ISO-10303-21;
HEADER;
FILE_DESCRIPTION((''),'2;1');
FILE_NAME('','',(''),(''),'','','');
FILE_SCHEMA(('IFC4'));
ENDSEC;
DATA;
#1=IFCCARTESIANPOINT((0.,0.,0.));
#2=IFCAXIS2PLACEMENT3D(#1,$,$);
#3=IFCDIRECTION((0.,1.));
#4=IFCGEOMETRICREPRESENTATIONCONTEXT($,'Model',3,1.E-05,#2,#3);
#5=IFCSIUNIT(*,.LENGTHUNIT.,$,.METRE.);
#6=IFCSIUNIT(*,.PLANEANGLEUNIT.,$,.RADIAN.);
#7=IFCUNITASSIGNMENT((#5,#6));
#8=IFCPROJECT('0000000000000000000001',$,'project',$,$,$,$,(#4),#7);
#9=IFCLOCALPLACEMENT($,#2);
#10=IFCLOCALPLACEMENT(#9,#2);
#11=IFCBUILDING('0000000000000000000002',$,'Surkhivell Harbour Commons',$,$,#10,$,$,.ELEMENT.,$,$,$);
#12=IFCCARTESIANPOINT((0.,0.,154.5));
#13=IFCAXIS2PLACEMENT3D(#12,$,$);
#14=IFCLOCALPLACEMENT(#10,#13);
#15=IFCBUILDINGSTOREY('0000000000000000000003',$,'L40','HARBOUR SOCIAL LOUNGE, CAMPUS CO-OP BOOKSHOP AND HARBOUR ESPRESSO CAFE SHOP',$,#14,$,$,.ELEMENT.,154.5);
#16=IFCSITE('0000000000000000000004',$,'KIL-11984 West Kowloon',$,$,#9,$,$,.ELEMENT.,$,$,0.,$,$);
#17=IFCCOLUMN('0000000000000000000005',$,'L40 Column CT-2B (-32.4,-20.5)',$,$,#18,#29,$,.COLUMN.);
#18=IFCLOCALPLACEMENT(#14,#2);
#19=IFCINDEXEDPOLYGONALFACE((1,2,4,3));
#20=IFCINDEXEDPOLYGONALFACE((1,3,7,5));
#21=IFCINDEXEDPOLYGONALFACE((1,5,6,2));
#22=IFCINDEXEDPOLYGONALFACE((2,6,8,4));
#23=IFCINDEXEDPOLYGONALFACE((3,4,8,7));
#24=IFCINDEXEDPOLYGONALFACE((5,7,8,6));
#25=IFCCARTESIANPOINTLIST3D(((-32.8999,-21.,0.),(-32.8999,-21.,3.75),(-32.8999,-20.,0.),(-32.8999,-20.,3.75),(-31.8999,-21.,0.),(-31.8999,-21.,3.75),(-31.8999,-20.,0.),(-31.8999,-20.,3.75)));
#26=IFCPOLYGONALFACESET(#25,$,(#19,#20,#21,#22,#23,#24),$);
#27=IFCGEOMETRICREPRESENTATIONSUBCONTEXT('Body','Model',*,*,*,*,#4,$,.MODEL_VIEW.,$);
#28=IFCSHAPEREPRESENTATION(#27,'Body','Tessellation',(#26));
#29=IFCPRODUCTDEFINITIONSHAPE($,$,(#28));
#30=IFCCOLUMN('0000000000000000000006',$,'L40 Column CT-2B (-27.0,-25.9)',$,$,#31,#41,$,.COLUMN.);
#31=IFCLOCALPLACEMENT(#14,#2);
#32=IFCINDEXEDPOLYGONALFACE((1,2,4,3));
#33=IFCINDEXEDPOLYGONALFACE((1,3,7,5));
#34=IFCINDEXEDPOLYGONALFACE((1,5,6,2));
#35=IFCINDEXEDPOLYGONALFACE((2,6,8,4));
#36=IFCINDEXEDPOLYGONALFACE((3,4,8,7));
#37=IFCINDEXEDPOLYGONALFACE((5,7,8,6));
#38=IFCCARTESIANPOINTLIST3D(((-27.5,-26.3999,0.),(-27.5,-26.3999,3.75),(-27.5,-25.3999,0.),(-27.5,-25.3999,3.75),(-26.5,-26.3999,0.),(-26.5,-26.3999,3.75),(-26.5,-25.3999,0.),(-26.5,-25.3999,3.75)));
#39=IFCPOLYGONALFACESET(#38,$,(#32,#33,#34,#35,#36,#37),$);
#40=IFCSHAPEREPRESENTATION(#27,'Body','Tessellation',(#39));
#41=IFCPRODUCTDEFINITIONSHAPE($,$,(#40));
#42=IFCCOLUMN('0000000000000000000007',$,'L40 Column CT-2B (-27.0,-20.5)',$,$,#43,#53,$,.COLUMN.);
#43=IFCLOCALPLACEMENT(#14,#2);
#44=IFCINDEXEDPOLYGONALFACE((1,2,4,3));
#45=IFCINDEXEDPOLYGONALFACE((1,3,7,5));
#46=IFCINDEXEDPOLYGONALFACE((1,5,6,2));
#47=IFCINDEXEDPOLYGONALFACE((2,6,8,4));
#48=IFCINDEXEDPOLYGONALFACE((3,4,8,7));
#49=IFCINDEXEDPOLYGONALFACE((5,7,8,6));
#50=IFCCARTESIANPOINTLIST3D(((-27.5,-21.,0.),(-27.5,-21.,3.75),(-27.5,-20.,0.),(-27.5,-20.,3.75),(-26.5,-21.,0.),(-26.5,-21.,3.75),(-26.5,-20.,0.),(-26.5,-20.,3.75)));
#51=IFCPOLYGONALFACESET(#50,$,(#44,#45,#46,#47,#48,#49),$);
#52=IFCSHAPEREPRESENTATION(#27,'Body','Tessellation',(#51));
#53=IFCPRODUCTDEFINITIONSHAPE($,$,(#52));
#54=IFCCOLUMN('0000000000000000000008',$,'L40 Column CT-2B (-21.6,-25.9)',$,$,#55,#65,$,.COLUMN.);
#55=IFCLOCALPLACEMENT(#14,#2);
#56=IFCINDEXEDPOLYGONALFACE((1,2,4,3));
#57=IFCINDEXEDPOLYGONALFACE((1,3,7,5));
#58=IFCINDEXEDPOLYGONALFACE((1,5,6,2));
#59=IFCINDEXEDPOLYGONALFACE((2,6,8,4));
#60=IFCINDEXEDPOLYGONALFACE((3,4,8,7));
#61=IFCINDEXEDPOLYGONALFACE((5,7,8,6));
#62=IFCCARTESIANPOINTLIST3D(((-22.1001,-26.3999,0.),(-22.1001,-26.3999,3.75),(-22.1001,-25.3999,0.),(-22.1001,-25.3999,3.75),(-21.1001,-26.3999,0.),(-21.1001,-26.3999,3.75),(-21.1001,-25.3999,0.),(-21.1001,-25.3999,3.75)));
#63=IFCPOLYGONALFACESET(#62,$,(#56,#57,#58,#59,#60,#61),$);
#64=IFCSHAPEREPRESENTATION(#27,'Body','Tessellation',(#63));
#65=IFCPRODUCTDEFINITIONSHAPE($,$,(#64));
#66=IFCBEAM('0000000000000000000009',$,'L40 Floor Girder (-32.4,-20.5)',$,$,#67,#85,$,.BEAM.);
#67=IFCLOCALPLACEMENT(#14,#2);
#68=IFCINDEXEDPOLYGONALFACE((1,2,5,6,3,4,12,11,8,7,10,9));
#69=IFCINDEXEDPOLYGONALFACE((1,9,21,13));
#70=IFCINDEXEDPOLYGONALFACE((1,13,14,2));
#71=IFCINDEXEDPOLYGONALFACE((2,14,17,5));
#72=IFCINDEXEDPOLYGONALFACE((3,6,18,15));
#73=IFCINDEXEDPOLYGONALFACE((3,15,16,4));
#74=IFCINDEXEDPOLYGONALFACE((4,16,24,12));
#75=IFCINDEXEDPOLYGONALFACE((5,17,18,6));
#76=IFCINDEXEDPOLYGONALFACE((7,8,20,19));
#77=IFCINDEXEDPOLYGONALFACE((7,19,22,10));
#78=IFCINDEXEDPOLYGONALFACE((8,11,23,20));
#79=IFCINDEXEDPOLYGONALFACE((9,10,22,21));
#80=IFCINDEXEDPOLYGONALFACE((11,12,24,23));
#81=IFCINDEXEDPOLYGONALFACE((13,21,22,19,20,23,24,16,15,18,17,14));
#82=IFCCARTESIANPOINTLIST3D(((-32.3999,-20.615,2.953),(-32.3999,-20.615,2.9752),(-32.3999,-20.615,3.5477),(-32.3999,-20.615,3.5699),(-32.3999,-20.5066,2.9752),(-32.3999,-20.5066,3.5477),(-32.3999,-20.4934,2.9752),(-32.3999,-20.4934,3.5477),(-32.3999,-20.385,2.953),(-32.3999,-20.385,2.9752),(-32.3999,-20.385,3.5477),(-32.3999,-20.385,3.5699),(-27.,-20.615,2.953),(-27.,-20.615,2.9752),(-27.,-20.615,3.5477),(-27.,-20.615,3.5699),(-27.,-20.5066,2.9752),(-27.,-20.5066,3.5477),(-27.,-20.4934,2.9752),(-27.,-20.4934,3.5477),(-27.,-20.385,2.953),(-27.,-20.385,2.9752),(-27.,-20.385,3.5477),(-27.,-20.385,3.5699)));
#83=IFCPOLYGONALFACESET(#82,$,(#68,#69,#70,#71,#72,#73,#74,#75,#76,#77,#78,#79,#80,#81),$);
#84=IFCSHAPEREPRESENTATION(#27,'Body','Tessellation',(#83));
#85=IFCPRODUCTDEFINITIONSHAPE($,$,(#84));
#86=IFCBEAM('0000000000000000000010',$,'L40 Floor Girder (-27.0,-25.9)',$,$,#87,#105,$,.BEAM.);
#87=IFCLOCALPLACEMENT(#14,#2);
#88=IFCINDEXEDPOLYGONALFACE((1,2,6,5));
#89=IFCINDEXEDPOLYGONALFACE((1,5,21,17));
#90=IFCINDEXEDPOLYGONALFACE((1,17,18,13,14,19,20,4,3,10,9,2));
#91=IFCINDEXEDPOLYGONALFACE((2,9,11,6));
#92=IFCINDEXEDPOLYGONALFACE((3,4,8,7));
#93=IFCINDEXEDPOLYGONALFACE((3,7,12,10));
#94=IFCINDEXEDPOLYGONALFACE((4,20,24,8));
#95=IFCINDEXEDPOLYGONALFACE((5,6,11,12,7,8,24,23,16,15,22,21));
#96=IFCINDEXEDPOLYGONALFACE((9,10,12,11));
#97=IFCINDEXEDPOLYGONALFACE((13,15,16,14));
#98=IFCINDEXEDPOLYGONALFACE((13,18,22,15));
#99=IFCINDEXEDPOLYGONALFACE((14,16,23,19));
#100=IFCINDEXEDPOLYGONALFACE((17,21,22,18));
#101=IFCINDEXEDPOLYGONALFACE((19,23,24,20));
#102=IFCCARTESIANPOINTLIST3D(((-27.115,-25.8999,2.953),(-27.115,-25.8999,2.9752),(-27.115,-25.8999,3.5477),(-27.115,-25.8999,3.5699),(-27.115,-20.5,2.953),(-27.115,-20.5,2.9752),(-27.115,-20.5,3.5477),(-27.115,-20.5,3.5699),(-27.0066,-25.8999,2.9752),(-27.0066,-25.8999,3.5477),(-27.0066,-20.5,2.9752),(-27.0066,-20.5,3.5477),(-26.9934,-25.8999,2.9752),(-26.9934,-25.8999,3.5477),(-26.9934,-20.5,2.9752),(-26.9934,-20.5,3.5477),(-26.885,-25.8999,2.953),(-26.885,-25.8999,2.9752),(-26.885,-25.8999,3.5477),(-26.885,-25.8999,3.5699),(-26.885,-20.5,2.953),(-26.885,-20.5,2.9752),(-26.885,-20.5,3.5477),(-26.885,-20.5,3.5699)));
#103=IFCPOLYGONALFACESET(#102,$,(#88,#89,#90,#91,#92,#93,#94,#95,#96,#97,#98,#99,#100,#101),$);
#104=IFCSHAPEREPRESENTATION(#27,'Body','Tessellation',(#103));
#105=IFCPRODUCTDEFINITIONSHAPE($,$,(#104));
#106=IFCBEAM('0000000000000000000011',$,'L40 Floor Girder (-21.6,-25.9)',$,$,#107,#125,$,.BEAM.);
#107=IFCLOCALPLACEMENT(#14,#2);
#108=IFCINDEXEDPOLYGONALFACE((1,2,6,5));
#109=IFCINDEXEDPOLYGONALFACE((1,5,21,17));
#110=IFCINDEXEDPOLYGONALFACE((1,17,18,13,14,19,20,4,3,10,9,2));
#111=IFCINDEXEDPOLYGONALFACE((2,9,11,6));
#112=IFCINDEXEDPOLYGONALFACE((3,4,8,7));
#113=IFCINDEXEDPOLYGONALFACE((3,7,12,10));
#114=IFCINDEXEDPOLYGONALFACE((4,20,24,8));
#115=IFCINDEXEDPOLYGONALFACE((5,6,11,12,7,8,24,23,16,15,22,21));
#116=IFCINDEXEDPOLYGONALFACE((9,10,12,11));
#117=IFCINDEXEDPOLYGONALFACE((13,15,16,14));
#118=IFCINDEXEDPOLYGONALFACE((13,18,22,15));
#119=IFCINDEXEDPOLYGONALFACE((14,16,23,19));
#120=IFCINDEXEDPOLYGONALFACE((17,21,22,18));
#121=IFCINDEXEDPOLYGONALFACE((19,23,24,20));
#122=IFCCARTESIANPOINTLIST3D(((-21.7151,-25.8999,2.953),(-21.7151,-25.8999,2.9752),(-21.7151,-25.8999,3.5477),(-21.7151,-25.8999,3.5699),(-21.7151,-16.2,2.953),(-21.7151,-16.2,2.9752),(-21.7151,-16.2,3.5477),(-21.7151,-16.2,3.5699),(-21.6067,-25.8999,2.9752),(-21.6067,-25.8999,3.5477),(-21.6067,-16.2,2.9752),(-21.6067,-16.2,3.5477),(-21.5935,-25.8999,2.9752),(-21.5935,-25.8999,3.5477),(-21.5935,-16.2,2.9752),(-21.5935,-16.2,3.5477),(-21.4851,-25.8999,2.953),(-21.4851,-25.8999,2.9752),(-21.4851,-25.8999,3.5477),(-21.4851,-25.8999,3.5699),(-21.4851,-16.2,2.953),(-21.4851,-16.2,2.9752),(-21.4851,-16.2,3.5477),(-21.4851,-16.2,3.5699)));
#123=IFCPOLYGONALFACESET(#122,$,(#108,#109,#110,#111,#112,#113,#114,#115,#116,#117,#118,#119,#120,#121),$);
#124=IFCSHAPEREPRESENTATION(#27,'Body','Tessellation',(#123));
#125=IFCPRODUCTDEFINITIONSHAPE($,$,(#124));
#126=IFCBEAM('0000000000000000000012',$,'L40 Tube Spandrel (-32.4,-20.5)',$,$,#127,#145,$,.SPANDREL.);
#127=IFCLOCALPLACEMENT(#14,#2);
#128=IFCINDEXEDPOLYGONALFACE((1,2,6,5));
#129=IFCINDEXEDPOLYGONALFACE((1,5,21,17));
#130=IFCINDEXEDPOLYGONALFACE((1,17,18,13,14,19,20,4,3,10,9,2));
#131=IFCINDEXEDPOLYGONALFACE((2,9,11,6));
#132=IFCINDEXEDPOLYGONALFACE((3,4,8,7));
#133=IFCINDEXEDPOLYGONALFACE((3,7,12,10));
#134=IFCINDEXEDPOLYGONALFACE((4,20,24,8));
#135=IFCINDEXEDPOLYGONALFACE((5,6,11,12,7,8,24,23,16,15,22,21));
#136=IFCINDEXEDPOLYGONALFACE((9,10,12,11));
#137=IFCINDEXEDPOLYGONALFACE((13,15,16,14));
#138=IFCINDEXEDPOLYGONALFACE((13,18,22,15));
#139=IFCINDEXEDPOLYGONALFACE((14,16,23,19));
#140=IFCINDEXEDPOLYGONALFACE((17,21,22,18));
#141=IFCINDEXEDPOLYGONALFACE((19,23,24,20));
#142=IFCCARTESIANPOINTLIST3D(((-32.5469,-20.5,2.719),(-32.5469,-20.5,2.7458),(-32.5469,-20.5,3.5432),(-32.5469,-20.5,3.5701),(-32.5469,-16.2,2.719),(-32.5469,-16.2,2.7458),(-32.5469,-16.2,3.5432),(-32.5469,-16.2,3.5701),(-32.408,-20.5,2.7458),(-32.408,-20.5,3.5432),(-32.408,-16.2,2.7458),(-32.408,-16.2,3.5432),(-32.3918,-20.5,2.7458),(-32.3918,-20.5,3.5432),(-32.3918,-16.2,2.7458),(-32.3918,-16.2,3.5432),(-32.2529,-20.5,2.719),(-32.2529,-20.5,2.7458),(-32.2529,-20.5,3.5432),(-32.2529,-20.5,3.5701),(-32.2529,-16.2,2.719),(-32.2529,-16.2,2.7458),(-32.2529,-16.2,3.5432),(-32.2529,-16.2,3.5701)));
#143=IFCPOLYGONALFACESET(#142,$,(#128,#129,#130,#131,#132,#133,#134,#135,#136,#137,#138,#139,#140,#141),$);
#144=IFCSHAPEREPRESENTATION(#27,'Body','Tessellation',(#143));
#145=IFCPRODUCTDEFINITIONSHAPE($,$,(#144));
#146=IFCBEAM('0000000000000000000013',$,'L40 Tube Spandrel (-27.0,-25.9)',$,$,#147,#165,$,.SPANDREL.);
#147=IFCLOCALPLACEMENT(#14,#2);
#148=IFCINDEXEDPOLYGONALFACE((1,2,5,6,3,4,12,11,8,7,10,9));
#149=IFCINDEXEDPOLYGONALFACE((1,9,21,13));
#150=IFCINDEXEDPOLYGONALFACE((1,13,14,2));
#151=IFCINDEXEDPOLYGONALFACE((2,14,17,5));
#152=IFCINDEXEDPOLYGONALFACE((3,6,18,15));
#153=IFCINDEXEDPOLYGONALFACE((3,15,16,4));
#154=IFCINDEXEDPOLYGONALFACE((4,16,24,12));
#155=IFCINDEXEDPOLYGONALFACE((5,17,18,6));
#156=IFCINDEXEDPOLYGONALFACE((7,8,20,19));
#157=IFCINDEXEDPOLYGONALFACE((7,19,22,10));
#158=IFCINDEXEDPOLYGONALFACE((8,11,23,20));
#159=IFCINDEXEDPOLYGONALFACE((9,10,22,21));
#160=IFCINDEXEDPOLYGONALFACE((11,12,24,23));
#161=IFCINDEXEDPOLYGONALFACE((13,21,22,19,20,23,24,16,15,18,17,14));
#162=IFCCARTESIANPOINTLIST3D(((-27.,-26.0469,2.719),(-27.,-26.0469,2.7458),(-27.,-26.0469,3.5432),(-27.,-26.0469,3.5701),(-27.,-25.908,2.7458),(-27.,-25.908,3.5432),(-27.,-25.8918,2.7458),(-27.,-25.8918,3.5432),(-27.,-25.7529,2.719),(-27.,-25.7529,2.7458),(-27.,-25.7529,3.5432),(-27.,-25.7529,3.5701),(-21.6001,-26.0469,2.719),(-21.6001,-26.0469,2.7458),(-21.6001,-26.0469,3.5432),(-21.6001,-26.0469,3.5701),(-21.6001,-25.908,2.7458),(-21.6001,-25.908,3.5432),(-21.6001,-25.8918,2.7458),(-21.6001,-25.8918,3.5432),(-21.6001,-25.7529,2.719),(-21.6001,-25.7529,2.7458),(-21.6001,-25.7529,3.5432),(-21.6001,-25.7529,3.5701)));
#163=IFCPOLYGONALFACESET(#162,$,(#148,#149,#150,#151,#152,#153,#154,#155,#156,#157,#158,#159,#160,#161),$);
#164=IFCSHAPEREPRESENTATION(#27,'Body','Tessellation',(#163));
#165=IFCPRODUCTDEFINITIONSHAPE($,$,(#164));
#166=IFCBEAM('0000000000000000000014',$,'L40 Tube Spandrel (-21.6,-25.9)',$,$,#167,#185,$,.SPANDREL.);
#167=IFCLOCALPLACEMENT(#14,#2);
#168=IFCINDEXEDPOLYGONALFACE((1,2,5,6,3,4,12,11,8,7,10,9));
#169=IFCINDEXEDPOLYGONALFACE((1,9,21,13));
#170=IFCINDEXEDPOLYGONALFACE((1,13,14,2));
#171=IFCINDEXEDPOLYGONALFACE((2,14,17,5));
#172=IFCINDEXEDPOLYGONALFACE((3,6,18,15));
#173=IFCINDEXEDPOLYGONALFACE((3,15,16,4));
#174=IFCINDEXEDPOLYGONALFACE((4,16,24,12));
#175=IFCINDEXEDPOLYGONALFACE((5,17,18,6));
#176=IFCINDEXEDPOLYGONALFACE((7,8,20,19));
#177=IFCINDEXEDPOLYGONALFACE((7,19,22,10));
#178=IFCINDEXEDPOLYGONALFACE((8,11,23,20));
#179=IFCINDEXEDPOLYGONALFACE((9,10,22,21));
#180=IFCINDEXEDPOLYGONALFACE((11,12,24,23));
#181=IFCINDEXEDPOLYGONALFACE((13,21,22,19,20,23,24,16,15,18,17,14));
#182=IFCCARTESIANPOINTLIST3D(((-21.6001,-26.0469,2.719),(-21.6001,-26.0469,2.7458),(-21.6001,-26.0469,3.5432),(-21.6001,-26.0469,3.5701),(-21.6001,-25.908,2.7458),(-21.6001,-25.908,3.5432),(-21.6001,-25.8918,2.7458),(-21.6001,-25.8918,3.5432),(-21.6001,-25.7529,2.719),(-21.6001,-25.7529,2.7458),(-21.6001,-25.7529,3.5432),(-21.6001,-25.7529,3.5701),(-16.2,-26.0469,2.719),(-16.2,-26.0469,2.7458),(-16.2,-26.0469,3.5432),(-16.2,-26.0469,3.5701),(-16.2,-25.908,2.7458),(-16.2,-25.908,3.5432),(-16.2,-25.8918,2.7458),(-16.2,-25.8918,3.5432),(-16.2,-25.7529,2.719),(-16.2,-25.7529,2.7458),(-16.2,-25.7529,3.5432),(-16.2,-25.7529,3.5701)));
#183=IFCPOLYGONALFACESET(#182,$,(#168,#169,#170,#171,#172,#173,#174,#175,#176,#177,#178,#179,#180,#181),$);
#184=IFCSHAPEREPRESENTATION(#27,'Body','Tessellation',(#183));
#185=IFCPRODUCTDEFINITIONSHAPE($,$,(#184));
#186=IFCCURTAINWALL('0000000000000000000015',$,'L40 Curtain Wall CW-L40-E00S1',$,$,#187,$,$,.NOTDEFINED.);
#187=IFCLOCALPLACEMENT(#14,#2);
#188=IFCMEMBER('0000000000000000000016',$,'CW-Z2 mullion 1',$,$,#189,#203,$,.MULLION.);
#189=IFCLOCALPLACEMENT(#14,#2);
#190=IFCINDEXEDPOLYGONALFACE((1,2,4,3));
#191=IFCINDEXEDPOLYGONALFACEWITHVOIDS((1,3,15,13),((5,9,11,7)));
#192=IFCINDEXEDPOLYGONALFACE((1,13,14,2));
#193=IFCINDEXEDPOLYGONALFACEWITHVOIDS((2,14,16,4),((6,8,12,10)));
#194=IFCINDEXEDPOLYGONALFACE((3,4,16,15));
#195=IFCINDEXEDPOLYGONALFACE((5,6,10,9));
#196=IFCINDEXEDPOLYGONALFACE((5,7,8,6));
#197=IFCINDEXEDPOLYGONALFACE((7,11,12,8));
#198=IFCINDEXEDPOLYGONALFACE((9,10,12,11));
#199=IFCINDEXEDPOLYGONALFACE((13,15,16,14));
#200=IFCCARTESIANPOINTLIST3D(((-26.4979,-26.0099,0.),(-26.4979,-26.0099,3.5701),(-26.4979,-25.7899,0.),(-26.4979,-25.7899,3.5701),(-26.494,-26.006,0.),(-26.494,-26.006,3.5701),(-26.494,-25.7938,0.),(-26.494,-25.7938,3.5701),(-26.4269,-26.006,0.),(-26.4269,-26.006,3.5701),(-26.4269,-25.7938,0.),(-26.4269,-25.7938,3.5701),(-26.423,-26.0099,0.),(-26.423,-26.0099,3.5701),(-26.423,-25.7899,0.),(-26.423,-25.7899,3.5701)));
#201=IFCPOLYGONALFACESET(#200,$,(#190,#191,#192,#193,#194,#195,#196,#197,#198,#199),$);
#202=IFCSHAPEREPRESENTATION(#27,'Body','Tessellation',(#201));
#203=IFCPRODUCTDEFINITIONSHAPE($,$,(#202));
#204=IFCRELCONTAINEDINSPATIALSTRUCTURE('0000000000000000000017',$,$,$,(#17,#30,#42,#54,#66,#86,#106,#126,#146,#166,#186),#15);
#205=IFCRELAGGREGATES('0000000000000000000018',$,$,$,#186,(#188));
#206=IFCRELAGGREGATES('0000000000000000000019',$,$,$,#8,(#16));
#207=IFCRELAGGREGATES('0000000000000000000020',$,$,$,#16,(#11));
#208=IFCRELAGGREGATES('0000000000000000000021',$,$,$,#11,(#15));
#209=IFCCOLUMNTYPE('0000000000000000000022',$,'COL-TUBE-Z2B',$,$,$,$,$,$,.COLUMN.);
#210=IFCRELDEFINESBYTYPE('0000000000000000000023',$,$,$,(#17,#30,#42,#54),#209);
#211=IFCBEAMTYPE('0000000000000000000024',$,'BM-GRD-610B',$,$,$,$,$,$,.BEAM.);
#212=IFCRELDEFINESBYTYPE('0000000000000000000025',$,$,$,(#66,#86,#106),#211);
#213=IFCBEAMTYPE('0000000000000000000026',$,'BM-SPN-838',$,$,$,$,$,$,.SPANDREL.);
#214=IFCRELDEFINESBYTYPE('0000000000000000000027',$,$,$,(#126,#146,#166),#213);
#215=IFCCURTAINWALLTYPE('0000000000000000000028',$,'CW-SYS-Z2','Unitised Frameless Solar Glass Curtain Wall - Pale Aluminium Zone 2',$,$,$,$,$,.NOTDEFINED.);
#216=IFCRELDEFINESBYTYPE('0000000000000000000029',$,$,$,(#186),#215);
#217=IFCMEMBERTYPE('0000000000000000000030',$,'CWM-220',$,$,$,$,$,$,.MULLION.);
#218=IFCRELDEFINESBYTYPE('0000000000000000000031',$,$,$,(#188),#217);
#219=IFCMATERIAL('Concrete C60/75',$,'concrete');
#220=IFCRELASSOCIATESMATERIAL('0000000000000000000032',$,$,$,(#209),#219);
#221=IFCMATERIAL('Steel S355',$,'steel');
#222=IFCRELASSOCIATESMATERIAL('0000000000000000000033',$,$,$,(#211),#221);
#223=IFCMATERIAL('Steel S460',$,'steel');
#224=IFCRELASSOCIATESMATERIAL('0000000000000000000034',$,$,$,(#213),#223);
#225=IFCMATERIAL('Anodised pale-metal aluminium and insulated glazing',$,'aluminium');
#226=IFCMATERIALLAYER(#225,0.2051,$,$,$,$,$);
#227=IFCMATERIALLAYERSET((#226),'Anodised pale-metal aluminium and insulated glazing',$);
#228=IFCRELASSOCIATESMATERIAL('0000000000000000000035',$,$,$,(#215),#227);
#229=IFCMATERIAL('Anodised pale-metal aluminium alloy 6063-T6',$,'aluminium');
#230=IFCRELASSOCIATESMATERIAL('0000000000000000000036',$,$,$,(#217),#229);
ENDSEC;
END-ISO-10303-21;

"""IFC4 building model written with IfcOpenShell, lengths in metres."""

from ifc_helpers import new_model, si_unit, direction, frame, origin, origin_2d, place, context, subcontext, project, spatial, rectangle, hollow_rectangle, i_section, extrude, material, layer, layer_set, material_profile, profile_set, type_object, element, aggregate, save


model = new_model("IFC4")

# Units and contexts
model_context = context("Model", 3, precision=1e-05, world=origin(), true_north=direction((0.0, 1.0)))
body_context = subcontext(model_context, "Body", "Model", "MODEL_VIEW")
ifc_project = project(units=[si_unit("LENGTHUNIT", "METRE"), si_unit("PLANEANGLEUNIT", "RADIAN")], contexts=[model_context])

# Site, building, storey
site_placement = place(None, origin())
site = spatial("IfcSite", under=ifc_project, at=site_placement, Name="KIL-11984 West Kowloon", CompositionType="ELEMENT", RefElevation=0.0)
building_placement = place(site_placement, origin())
building = spatial("IfcBuilding", under=site, at=building_placement, Name="Surkhivell Harbour Commons", CompositionType="ELEMENT")
storey_placement = place(building_placement, frame((0.0, 0.0, 154.5)))
storey = spatial("IfcBuildingStorey", under=building, at=storey_placement, Name="L40", Description="HARBOUR SOCIAL LOUNGE, CAMPUS CO-OP BOOKSHOP AND HARBOUR ESPRESSO CAFE SHOP", CompositionType="ELEMENT", Elevation=154.5)

# Columns
ifc_material_1 = material(Name="Concrete C60/75", Category="concrete")
ifc_material_profile_1 = material_profile(ifc_material_1, rectangle(XDim=1.0, YDim=1.0, at=origin_2d()), Name="RC-COL-1000x1000")
ifc_profile_set_1 = profile_set([ifc_material_profile_1], Name="Concrete C60/75")
column_type = type_object("IfcColumnType", Name="COL-TUBE-Z2B", PredefinedType="COLUMN", material=ifc_profile_set_1)
for number, where, z_axis, x_axis, name in (
    (1, (-32.3999, -20.5, 0.0), (0.0, 0.0, 1.0), (1.0, 0.0, 0.0), "L40 Column CT-2B (-32.4,-20.5)"),
    (2, (-27.0, -25.8999, 0.0), (0.0, 0.0, 1.0), (1.0, 0.0, 0.0), "L40 Column CT-2B (-27.0,-25.9)"),
    (3, (-27.0, -20.5, 0.0), (0.0, 0.0, 1.0), (1.0, 0.0, 0.0), "L40 Column CT-2B (-27.0,-20.5)"),
    (4, (-21.6001, -25.8999, 0.0), (0.0, 0.0, 1.0), (1.0, 0.0, 0.0), "L40 Column CT-2B (-21.6,-25.9)"),
):
    element("IfcColumn", number, at=place(storey_placement, frame(where, z_axis=z_axis, x_axis=x_axis)), inside=storey, type_object=column_type, Name=name, PredefinedType="COLUMN", context=body_context, shape_type="SweptSolid", body=[
        extrude(rectangle(XDim=1.0, YDim=1.0, at=origin_2d()), origin(), (0.0, 0.0, 1.0), 3.75),
    ])

# Beams
ifc_material_2 = material(Name="Steel S355", Category="steel")
ifc_material_profile_2 = material_profile(ifc_material_2, i_section(OverallWidth=0.23, OverallDepth=0.6169, WebThickness=0.0132, FlangeThickness=0.0222, at=origin_2d()), Name="UB610x229x140")
ifc_profile_set_2 = profile_set([ifc_material_profile_2], Name="Steel S355")
beam_type_1 = type_object("IfcBeamType", Name="BM-GRD-610B", PredefinedType="BEAM", material=ifc_profile_set_2)
for number, where, z_axis, x_axis, name in (
    (5, (-32.3999, -20.5, 3.2615), (1.0, 0.0, 0.0), (0.0, 1.0, 0.0), "L40 Floor Girder (-32.4,-20.5)"),
    (6, (-27.0, -25.8999, 3.2615), (0.0, 1.0, 0.0), (-1.0, 0.0, 0.0), "L40 Floor Girder (-27.0,-25.9)"),
):
    element("IfcBeam", number, at=place(storey_placement, frame(where, z_axis=z_axis, x_axis=x_axis)), inside=storey, type_object=beam_type_1, Name=name, PredefinedType="BEAM", context=body_context, shape_type="SweptSolid", body=[
        extrude(i_section(OverallWidth=0.23, OverallDepth=0.6169, WebThickness=0.0132, FlangeThickness=0.0222, at=origin_2d()), origin(), (0.0, 0.0, 1.0), 5.3999),
    ])
beam_1_placement = place(storey_placement, frame((-21.6001, -25.8999, 3.2615), z_axis=(0.0, 1.0, 0.0), x_axis=(-1.0, 0.0, 0.0)))
element("IfcBeam", 7, at=beam_1_placement, inside=storey, type_object=beam_type_1, Name="L40 Floor Girder (-21.6,-25.9)", PredefinedType="BEAM", context=body_context, shape_type="SweptSolid", body=[
    extrude(i_section(OverallWidth=0.23, OverallDepth=0.6169, WebThickness=0.0132, FlangeThickness=0.0222, at=origin_2d()), origin(), (0.0, 0.0, 1.0), 9.7),
])
ifc_material_3 = material(Name="Steel S460", Category="steel")
ifc_material_profile_3 = material_profile(ifc_material_3, i_section(OverallWidth=0.2939, OverallDepth=0.8511, WebThickness=0.0161, FlangeThickness=0.0269, at=origin_2d()), Name="UB838x292x226")
ifc_profile_set_3 = profile_set([ifc_material_profile_3], Name="Steel S460")
beam_type_2 = type_object("IfcBeamType", Name="BM-SPN-838", PredefinedType="SPANDREL", material=ifc_profile_set_3)
beam_2_placement = place(storey_placement, frame((-32.3999, -20.5, 3.1445), z_axis=(0.0, 1.0, 0.0), x_axis=(-1.0, 0.0, 0.0)))
element("IfcBeam", 8, at=beam_2_placement, inside=storey, type_object=beam_type_2, Name="L40 Tube Spandrel (-32.4,-20.5)", PredefinedType="SPANDREL", context=body_context, shape_type="SweptSolid", body=[
    extrude(i_section(OverallWidth=0.2939, OverallDepth=0.8511, WebThickness=0.0161, FlangeThickness=0.0269, at=origin_2d()), origin(), (0.0, 0.0, 1.0), 4.3),
])
beam_3_placement = place(storey_placement, frame((-27.0, -25.8999, 3.1445), z_axis=(1.0, 0.0, 0.0), x_axis=(0.0, 1.0, 0.0)))
element("IfcBeam", 9, at=beam_3_placement, inside=storey, type_object=beam_type_2, Name="L40 Tube Spandrel (-27.0,-25.9)", PredefinedType="SPANDREL", context=body_context, shape_type="SweptSolid", body=[
    extrude(i_section(OverallWidth=0.2939, OverallDepth=0.8511, WebThickness=0.0161, FlangeThickness=0.0269, at=origin_2d()), origin(), (0.0, 0.0, 1.0), 5.3999),
])
beam_4_placement = place(storey_placement, frame((-21.6001, -25.8999, 3.1445), z_axis=(1.0, 0.0, 0.0), x_axis=(0.0, 1.0, 0.0)))
element("IfcBeam", 10, at=beam_4_placement, inside=storey, type_object=beam_type_2, Name="L40 Tube Spandrel (-21.6,-25.9)", PredefinedType="SPANDREL", context=body_context, shape_type="SweptSolid", body=[
    extrude(i_section(OverallWidth=0.2939, OverallDepth=0.8511, WebThickness=0.0161, FlangeThickness=0.0269, at=origin_2d()), origin(), (0.0, 0.0, 1.0), 5.4001),
])

# Curtain wall, member
ifc_material_4 = material(Name="Anodised pale-metal aluminium and insulated glazing", Category="aluminium")
ifc_layer_1 = layer(ifc_material_4, 0.2051)
ifc_layer_set_1 = layer_set([ifc_layer_1], Name="Anodised pale-metal aluminium and insulated glazing")
curtain_wall_type = type_object("IfcCurtainWallType", Name="CW-SYS-Z2", Description="Unitised Frameless Solar Glass Curtain Wall - Pale Aluminium Zone 2", PredefinedType="NOTDEFINED", material=ifc_layer_set_1)
curtain_wall_1_placement = place(storey_placement, origin())
curtain_wall_1 = element("IfcCurtainWall", 11, at=curtain_wall_1_placement, inside=storey, type_object=curtain_wall_type, Name="L40 Curtain Wall CW-L40-E00S1", PredefinedType="NOTDEFINED")
ifc_material_5 = material(Name="Anodised pale-metal aluminium alloy 6063-T6", Category="aluminium")
ifc_material_profile_4 = material_profile(ifc_material_5, hollow_rectangle(XDim=0.075, YDim=0.22, WallThickness=0.0039, at=origin_2d()), Name="ALU-MULL-75x220")
ifc_profile_set_4 = profile_set([ifc_material_profile_4], Name="Anodised pale-metal aluminium alloy 6063-T6")
member_type_1 = type_object("IfcMemberType", Name="CWM-220", PredefinedType="MULLION", material=ifc_profile_set_4)
member_1_placement = place(storey_placement, frame((-26.4604, -25.8999, 0.0), z_axis=(0.0, 0.0, 1.0), x_axis=(1.0, 0.0, 0.0)))
member_1 = element("IfcMember", 12, at=member_1_placement, type_object=member_type_1, Name="CW-Z2 mullion 1", PredefinedType="MULLION", context=body_context, shape_type="SweptSolid", body=[
    extrude(hollow_rectangle(XDim=0.075, YDim=0.22, WallThickness=0.0039, at=origin_2d()), origin(), (0.0, 0.0, 1.0), 3.5701),
])

aggregate(curtain_wall_1, [member_1])

save(model, "model.ifc")
